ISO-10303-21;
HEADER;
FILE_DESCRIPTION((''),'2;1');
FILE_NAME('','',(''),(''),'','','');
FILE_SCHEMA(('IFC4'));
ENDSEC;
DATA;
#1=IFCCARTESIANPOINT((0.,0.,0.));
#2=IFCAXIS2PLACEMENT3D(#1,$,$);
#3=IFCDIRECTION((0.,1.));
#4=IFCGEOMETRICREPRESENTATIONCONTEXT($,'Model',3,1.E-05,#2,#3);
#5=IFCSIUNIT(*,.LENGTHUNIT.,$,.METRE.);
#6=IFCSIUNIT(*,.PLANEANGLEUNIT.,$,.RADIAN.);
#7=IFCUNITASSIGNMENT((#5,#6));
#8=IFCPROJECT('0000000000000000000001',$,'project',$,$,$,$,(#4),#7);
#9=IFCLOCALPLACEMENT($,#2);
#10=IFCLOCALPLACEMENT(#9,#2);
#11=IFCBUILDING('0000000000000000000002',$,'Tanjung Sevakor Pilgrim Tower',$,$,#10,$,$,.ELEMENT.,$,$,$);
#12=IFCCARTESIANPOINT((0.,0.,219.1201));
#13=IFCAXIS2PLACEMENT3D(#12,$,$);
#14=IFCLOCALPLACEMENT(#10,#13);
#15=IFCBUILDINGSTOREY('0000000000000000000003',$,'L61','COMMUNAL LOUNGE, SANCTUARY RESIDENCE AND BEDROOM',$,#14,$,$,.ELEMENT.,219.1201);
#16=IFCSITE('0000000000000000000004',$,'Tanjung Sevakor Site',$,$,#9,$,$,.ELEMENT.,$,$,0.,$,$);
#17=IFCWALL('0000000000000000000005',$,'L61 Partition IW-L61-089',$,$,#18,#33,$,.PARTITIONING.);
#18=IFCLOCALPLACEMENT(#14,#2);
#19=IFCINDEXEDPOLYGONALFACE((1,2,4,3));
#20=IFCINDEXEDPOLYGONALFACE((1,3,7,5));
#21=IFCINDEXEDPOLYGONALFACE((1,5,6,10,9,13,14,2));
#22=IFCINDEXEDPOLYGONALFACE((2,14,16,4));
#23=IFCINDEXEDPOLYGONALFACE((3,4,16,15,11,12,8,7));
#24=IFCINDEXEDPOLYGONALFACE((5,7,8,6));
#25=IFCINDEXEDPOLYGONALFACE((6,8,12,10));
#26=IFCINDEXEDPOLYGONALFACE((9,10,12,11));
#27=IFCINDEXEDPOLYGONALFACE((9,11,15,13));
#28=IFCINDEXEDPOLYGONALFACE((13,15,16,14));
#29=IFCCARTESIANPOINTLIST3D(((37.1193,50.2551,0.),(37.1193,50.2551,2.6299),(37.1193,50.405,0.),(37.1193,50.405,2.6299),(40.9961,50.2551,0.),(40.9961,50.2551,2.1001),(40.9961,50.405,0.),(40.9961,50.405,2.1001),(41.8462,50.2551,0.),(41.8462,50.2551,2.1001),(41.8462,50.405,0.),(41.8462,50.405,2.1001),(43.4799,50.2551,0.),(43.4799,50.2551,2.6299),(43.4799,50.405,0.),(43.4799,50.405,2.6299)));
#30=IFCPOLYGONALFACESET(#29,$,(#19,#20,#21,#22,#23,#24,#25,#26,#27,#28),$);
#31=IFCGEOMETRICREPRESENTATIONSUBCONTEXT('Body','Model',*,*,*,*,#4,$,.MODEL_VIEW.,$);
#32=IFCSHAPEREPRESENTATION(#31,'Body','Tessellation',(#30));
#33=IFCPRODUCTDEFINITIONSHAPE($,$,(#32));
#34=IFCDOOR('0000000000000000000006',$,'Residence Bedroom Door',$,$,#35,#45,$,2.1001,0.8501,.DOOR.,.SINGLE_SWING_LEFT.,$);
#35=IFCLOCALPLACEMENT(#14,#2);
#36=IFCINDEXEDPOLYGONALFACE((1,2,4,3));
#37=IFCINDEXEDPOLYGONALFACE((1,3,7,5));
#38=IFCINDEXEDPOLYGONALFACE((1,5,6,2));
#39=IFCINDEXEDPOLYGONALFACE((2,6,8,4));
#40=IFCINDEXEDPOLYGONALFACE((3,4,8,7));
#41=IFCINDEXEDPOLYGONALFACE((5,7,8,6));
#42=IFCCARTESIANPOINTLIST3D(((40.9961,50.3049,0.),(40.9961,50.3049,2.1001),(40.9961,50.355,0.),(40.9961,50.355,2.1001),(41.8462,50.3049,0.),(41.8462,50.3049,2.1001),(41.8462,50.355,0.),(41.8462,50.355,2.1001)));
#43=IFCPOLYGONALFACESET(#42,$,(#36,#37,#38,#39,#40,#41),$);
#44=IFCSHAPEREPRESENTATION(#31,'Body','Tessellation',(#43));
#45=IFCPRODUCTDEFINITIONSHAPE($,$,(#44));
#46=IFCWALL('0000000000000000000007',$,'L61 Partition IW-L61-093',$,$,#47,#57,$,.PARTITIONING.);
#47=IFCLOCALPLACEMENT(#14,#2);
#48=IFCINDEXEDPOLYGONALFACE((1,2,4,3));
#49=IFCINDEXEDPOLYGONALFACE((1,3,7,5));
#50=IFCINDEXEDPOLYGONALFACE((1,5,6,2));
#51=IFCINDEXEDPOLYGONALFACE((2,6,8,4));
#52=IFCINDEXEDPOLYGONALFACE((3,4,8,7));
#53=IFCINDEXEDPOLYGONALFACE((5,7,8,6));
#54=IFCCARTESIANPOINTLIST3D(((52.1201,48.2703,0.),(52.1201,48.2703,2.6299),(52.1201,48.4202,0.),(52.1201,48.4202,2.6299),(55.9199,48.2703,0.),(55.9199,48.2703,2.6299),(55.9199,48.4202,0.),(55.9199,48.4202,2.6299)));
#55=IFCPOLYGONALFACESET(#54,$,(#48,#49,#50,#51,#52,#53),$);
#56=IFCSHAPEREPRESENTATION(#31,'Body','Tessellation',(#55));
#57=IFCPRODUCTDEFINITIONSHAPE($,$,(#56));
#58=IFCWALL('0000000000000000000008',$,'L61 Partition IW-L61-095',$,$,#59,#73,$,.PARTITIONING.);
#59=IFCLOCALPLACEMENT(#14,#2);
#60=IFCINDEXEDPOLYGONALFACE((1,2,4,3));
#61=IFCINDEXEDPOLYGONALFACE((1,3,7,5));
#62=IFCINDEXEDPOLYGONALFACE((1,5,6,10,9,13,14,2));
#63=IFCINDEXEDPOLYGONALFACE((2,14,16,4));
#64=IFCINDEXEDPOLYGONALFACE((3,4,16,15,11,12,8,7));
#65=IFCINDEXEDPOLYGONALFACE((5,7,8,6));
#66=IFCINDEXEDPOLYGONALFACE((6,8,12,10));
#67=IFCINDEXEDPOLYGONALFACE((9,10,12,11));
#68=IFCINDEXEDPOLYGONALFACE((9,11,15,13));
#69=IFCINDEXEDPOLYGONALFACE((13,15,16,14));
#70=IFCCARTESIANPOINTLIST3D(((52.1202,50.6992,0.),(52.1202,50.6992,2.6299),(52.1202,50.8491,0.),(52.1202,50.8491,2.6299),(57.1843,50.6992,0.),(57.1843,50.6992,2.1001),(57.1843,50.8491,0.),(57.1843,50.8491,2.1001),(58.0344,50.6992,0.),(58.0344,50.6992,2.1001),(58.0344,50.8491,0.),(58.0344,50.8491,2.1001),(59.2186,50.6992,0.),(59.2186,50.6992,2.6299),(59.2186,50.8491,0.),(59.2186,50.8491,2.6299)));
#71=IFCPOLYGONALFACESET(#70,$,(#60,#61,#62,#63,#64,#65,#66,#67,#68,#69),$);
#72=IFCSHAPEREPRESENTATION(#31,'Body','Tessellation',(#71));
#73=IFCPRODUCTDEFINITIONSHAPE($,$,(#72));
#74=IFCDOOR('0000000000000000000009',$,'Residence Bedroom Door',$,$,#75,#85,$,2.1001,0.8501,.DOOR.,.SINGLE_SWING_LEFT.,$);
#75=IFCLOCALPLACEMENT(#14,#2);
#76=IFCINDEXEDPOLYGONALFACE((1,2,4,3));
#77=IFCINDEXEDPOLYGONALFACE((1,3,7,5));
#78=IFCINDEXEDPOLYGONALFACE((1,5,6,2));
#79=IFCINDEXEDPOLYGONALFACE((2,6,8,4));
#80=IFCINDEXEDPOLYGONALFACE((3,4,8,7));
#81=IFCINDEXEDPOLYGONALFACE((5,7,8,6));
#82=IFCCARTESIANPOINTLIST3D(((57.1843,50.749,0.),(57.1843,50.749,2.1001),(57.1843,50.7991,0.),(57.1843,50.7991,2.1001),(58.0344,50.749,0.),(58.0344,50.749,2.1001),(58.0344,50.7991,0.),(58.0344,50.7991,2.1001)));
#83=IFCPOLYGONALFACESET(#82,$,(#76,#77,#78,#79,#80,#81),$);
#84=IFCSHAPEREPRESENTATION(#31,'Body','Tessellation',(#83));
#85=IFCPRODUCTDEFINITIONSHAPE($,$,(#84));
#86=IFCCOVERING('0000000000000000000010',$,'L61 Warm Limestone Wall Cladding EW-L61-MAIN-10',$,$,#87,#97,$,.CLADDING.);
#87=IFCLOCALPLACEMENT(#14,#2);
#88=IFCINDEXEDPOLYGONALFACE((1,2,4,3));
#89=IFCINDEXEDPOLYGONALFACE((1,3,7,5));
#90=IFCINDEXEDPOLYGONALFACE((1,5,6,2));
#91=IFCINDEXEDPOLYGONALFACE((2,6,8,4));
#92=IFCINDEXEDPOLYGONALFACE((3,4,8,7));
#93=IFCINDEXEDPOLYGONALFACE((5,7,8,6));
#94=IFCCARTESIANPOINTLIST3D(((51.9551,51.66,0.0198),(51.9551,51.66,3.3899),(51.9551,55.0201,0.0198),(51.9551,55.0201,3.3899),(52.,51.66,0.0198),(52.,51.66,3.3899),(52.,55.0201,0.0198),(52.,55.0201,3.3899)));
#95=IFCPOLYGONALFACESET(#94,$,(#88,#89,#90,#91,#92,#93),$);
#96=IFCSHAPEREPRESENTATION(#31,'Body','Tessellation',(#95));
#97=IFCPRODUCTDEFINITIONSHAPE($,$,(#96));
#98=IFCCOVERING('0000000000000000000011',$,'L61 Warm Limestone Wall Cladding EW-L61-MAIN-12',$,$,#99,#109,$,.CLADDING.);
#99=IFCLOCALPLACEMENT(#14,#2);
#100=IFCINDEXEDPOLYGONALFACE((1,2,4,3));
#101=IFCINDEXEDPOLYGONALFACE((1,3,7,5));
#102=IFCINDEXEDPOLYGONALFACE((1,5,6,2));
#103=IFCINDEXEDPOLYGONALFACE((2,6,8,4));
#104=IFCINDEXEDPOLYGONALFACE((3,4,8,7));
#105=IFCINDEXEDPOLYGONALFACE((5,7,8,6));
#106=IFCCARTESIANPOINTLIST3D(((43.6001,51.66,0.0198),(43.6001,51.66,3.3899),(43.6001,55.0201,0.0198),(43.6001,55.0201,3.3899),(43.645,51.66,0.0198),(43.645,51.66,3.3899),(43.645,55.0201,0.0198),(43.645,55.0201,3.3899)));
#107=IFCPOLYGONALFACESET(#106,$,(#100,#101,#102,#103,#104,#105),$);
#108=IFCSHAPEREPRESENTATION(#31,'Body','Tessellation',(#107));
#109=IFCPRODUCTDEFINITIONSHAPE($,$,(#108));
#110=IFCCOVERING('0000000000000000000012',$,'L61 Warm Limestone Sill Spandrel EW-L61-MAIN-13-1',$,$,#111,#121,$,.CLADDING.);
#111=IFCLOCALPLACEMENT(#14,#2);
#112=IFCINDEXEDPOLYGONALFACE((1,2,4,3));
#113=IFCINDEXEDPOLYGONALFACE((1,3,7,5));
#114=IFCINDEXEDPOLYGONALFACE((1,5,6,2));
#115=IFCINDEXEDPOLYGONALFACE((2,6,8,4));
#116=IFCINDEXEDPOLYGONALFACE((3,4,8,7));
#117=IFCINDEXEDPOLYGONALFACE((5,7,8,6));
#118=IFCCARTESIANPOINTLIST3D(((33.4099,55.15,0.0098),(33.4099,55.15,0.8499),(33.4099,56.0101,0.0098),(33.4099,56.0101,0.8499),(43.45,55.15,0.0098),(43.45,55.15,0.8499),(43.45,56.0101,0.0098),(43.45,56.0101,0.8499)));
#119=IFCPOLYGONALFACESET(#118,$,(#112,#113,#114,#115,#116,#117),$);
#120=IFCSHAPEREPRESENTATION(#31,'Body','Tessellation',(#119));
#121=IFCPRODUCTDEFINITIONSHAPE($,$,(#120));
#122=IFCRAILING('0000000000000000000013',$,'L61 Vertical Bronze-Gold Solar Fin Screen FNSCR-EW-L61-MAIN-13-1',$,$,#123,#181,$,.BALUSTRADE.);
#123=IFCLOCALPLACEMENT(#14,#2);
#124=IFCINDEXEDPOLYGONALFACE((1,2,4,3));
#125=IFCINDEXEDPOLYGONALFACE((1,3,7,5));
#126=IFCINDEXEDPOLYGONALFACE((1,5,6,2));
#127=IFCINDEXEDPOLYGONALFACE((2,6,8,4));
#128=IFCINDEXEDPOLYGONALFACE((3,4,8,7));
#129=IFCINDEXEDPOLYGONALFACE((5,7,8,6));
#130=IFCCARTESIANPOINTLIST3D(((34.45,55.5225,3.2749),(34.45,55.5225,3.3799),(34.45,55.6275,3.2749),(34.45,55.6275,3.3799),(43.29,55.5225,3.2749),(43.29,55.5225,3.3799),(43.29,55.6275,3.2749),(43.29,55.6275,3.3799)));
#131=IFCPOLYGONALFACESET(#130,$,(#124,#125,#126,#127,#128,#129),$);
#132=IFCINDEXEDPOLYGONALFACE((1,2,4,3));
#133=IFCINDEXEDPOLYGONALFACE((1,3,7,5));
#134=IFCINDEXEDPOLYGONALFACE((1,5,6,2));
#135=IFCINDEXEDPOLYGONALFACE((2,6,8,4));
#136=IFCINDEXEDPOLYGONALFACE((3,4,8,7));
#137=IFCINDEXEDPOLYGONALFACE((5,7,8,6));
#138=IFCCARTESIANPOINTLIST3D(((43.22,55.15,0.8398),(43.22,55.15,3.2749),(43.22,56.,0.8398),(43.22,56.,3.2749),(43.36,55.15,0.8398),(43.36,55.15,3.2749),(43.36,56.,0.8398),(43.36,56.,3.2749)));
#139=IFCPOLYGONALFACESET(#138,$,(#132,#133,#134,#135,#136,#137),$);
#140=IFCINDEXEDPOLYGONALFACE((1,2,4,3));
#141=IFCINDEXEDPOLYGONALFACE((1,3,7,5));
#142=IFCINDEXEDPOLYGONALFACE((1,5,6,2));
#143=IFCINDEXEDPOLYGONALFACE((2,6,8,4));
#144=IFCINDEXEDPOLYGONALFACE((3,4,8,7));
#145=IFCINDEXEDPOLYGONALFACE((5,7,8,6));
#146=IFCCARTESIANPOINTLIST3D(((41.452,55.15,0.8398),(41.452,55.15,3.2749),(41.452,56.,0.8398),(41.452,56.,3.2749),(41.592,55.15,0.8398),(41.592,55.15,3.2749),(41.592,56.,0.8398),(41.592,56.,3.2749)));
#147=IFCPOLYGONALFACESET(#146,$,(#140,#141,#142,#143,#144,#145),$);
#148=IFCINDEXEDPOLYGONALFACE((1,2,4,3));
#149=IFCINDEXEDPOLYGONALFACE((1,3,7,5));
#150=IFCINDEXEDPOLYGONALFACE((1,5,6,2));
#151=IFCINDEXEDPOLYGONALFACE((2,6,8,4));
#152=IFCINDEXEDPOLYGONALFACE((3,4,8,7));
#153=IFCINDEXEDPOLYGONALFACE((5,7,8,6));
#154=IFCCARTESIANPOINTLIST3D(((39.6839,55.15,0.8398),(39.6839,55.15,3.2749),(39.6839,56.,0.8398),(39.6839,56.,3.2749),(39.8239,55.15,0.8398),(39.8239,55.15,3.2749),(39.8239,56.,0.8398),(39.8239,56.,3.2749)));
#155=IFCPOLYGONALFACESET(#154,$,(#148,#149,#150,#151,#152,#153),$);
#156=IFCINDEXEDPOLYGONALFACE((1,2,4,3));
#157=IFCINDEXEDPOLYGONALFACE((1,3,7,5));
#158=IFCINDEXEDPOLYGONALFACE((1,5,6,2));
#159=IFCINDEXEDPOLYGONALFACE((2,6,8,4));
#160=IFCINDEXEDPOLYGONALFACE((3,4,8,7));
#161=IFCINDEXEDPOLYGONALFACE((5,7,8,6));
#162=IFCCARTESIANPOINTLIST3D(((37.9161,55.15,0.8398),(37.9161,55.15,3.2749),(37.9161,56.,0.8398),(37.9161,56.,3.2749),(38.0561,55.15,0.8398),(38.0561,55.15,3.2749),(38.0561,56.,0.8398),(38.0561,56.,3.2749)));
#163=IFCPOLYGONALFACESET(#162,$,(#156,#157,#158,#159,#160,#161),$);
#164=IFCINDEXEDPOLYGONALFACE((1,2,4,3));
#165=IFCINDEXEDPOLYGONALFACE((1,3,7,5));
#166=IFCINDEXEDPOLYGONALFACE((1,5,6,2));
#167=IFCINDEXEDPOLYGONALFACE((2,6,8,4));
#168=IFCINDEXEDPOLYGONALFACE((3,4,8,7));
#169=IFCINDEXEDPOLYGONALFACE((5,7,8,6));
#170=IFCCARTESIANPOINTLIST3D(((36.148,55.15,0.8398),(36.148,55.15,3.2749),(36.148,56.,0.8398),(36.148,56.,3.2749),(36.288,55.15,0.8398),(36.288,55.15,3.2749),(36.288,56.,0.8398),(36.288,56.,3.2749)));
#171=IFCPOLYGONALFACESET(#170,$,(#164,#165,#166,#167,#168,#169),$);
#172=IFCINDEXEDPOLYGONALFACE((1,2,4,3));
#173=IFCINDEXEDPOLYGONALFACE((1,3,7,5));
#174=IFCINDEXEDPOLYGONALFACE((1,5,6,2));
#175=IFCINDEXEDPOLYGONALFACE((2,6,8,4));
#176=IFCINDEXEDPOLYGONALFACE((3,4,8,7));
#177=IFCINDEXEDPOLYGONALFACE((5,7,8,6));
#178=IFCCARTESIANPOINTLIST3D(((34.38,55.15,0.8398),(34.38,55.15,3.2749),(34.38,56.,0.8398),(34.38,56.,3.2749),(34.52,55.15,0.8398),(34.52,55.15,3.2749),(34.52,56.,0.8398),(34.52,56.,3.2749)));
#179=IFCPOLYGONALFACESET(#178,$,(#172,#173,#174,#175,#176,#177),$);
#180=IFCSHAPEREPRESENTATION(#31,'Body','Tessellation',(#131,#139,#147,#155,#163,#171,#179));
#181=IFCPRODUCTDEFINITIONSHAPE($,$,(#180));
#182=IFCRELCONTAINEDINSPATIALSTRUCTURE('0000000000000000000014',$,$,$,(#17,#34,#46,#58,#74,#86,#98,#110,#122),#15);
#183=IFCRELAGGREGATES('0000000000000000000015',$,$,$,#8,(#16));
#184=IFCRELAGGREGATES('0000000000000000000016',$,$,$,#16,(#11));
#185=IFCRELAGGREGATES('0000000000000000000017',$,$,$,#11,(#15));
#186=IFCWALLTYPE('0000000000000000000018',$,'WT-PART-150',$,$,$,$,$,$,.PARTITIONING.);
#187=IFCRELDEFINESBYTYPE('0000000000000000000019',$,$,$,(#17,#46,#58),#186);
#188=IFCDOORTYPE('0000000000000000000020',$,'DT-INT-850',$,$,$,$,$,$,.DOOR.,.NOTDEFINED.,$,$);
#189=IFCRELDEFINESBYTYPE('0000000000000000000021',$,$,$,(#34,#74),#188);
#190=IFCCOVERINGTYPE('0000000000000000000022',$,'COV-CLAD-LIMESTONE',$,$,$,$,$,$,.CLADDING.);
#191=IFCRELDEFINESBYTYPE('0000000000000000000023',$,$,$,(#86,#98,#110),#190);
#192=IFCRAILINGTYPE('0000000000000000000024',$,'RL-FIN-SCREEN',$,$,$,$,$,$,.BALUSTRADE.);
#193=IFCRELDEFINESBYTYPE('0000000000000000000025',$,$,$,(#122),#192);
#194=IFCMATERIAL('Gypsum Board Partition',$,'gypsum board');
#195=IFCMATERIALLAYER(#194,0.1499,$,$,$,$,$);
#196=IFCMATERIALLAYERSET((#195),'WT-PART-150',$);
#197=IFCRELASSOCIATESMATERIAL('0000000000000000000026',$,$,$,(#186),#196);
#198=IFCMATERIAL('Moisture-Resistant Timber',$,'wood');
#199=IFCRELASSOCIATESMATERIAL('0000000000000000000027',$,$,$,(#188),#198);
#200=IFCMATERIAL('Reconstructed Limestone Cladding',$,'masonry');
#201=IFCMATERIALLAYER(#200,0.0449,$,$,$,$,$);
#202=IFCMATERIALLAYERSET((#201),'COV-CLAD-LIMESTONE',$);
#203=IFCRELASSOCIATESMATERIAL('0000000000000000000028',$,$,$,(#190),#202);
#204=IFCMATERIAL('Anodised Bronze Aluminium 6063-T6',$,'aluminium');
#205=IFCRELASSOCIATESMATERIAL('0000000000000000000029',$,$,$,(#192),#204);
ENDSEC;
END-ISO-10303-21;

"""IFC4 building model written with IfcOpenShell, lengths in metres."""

from ifc_helpers import new_model, si_unit, direction, frame, frame_2d, origin, origin_2d, place, context, subcontext, project, spatial, rectangle, extrude, material, layer, layer_set, type_object, element, fill, save


model = new_model("IFC4")

# Units and contexts
model_context = context("Model", 3, precision=1e-05, world=origin(), true_north=direction((0.0, 1.0)))
body_context = subcontext(model_context, "Body", "Model", "MODEL_VIEW")
ifc_project = project(units=[si_unit("LENGTHUNIT", "METRE"), si_unit("PLANEANGLEUNIT", "RADIAN")], contexts=[model_context])

# Site, building, storey
site_placement = place(None, origin())
site = spatial("IfcSite", under=ifc_project, at=site_placement, Name="Tanjung Sevakor Site", CompositionType="ELEMENT", RefElevation=0.0)
building_placement = place(site_placement, origin())
building = spatial("IfcBuilding", under=site, at=building_placement, Name="Tanjung Sevakor Pilgrim Tower", CompositionType="ELEMENT")
storey_placement = place(building_placement, frame((0.0, 0.0, 219.1201)))
storey = spatial("IfcBuildingStorey", under=building, at=storey_placement, Name="L61", Description="COMMUNAL LOUNGE, SANCTUARY RESIDENCE AND BEDROOM", CompositionType="ELEMENT", Elevation=219.1201)

# Shared definitions
ifc_material_1 = material(Name="Gypsum Board Partition", Category="gypsum board")
ifc_layer_1 = layer(ifc_material_1, 0.1499)
ifc_layer_set_1 = layer_set([ifc_layer_1], Name="WT-PART-150")
wall_type_1 = type_object("IfcWallType", Name="WT-PART-150", PredefinedType="PARTITIONING", material=ifc_layer_set_1)

# Wall, opening, door
wall_1_placement = place(storey_placement, frame((37.1194, 50.3301, 0.0), z_axis=(0.0, 0.0, 1.0), x_axis=(1.0, 0.0, 0.0)))
wall_1 = element("IfcWall", 1, at=wall_1_placement, inside=storey, type_object=wall_type_1, Name="L61 Partition IW-L61-089", PredefinedType="PARTITIONING", context=body_context, shape_type="SweptSolid", body=[
    extrude(rectangle(XDim=6.3606, YDim=0.1499, at=frame_2d((3.1802, 0.0))), origin(), (0.0, 0.0, 1.0), 2.6299),
])
opening_1_placement = place(wall_1_placement, frame((3.8767, 0.0, 0.0)))
opening_1 = element("IfcOpeningElement", 2, at=opening_1_placement, cuts=wall_1, PredefinedType="OPENING", context=body_context, shape_type="SweptSolid", body=[
    extrude(rectangle(XDim=0.8501, YDim=2.1001, at=frame_2d((0.425, 1.05))), frame((0.0, 0.085, 0.0), z_axis=(0.0, -1.0, 0.0), x_axis=(1.0, 0.0, 0.0)), (0.0, 0.0, 1.0), 0.1699),
])
ifc_material_2 = material(Name="Moisture-Resistant Timber", Category="wood")
door_type_1 = type_object("IfcDoorType", Name="DT-INT-850", OperationType="NOTDEFINED", PredefinedType="DOOR", material=ifc_material_2)
door_1_placement = place(opening_1_placement, origin())
door_1 = element("IfcDoor", 3, at=door_1_placement, inside=storey, type_object=door_type_1, Name="Residence Bedroom Door", OperationType="SINGLE_SWING_LEFT", OverallHeight=2.1001, OverallWidth=0.8501, PredefinedType="DOOR", context=body_context, shape_type="SweptSolid", body=[
    extrude(rectangle(XDim=0.8501, YDim=2.1001, at=frame_2d((0.425, 1.05))), frame((0.0, 0.0249, 0.0), z_axis=(0.0, -1.0, 0.0), x_axis=(1.0, 0.0, 0.0)), (0.0, 0.0, 1.0), 0.05),
])
fill(opening_1, door_1)

# Wall
wall_2_placement = place(storey_placement, frame((52.1201, 48.3452, 0.0), z_axis=(0.0, 0.0, 1.0), x_axis=(1.0, 0.0, 0.0)))
element("IfcWall", 4, at=wall_2_placement, inside=storey, type_object=wall_type_1, Name="L61 Partition IW-L61-093", PredefinedType="PARTITIONING", context=body_context, shape_type="SweptSolid", body=[
    extrude(rectangle(XDim=3.7998, YDim=0.1499, at=frame_2d((1.8999, 0.0))), origin(), (0.0, 0.0, 1.0), 2.6299),
])

# Wall, opening, door
wall_3_placement = place(storey_placement, frame((52.1201, 50.7742, 0.0), z_axis=(0.0, 0.0, 1.0), x_axis=(1.0, 0.0, 0.0)))
wall_3 = element("IfcWall", 5, at=wall_3_placement, inside=storey, type_object=wall_type_1, Name="L61 Partition IW-L61-095", PredefinedType="PARTITIONING", context=body_context, shape_type="SweptSolid", body=[
    extrude(rectangle(XDim=7.0984, YDim=0.1499, at=frame_2d((3.5493, 0.0))), origin(), (0.0, 0.0, 1.0), 2.6299),
])
opening_2_placement = place(wall_3_placement, frame((5.0642, 0.0, 0.0)))
opening_2 = element("IfcOpeningElement", 6, at=opening_2_placement, cuts=wall_3, PredefinedType="OPENING", context=body_context, shape_type="SweptSolid", body=[
    extrude(rectangle(XDim=0.8501, YDim=2.1001, at=frame_2d((0.425, 1.05))), frame((0.0, 0.085, 0.0), z_axis=(0.0, -1.0, 0.0), x_axis=(1.0, 0.0, 0.0)), (0.0, 0.0, 1.0), 0.1699),
])
door_2_placement = place(opening_2_placement, origin())
door_2 = element("IfcDoor", 7, at=door_2_placement, inside=storey, type_object=door_type_1, Name="Residence Bedroom Door", OperationType="SINGLE_SWING_LEFT", OverallHeight=2.1001, OverallWidth=0.8501, PredefinedType="DOOR", context=body_context, shape_type="SweptSolid", body=[
    extrude(rectangle(XDim=0.8501, YDim=2.1001, at=frame_2d((0.425, 1.05))), frame((0.0, 0.0249, 0.0), z_axis=(0.0, -1.0, 0.0), x_axis=(1.0, 0.0, 0.0)), (0.0, 0.0, 1.0), 0.05),
])
fill(opening_2, door_2)

# Coverings
ifc_material_3 = material(Name="Reconstructed Limestone Cladding", Category="masonry")
ifc_layer_2 = layer(ifc_material_3, 0.0449)
ifc_layer_set_2 = layer_set([ifc_layer_2], Name="COV-CLAD-LIMESTONE")
covering_type = type_object("IfcCoveringType", Name="COV-CLAD-LIMESTONE", PredefinedType="CLADDING", material=ifc_layer_set_2)
for number, where, z_axis, x_axis, name in (
    (8, (51.9775, 53.3401, 0.0198), (0.0, 0.0, 1.0), (0.0, -1.0, 0.0), "L61 Warm Limestone Wall Cladding EW-L61-MAIN-10"),
    (9, (43.6226, 53.3401, 0.0198), (0.0, 0.0, 1.0), (0.0, 1.0, 0.0), "L61 Warm Limestone Wall Cladding EW-L61-MAIN-12"),
):
    element("IfcCovering", number, at=place(storey_placement, frame(where, z_axis=z_axis, x_axis=x_axis)), inside=storey, type_object=covering_type, Name=name, PredefinedType="CLADDING", context=body_context, shape_type="SweptSolid", body=[
        extrude(rectangle(XDim=3.3601, YDim=0.0449, at=origin_2d()), origin(), (0.0, 0.0, 1.0), 3.3701),
    ])
covering_placement = place(storey_placement, frame((38.4299, 55.5801, 0.0098), z_axis=(0.0, 0.0, 1.0), x_axis=(-1.0, 0.0, 0.0)))
element("IfcCovering", 10, at=covering_placement, inside=storey, type_object=covering_type, Name="L61 Warm Limestone Sill Spandrel EW-L61-MAIN-13-1", PredefinedType="CLADDING", context=body_context, shape_type="SweptSolid", body=[
    extrude(rectangle(XDim=10.04, YDim=0.8601, at=origin_2d()), origin(), (0.0, 0.0, 1.0), 0.8401),
])

# Railing
ifc_material_4 = material(Name="Anodised Bronze Aluminium 6063-T6", Category="aluminium")
railing_type = type_object("IfcRailingType", Name="RL-FIN-SCREEN", PredefinedType="BALUSTRADE", material=ifc_material_4)
railing_placement = place(storey_placement, frame((43.29, 55.575, 0.8398)))
element("IfcRailing", 11, at=railing_placement, inside=storey, type_object=railing_type, Name="L61 Vertical Bronze-Gold Solar Fin Screen FNSCR-EW-L61-MAIN-13-1", PredefinedType="BALUSTRADE", context=body_context, shape_type="SweptSolid", body=[
    extrude(rectangle(XDim=0.105, YDim=0.105), frame((0.0, 0.0, 2.4875), z_axis=(-1.0, 0.0, 0.0), x_axis=(0.0, -1.0, 0.0)), (0.0, 0.0, 1.0), 8.8401),
    extrude(rectangle(XDim=0.14, YDim=0.85), origin(), (0.0, 0.0, 1.0), 2.4351),
    extrude(rectangle(XDim=0.14, YDim=0.85), frame((-1.7681, 0.0, 0.0)), (0.0, 0.0, 1.0), 2.4351),
    extrude(rectangle(XDim=0.14, YDim=0.85), frame((-3.5361, 0.0, 0.0)), (0.0, 0.0, 1.0), 2.4351),
    extrude(rectangle(XDim=0.14, YDim=0.85), frame((-5.304, 0.0, 0.0)), (0.0, 0.0, 1.0), 2.4351),
    extrude(rectangle(XDim=0.14, YDim=0.85), frame((-7.072, 0.0, 0.0)), (0.0, 0.0, 1.0), 2.4351),
    extrude(rectangle(XDim=0.14, YDim=0.85), frame((-8.8401, 0.0, 0.0)), (0.0, 0.0, 1.0), 2.4351),
])

save(model, "model.ifc")
